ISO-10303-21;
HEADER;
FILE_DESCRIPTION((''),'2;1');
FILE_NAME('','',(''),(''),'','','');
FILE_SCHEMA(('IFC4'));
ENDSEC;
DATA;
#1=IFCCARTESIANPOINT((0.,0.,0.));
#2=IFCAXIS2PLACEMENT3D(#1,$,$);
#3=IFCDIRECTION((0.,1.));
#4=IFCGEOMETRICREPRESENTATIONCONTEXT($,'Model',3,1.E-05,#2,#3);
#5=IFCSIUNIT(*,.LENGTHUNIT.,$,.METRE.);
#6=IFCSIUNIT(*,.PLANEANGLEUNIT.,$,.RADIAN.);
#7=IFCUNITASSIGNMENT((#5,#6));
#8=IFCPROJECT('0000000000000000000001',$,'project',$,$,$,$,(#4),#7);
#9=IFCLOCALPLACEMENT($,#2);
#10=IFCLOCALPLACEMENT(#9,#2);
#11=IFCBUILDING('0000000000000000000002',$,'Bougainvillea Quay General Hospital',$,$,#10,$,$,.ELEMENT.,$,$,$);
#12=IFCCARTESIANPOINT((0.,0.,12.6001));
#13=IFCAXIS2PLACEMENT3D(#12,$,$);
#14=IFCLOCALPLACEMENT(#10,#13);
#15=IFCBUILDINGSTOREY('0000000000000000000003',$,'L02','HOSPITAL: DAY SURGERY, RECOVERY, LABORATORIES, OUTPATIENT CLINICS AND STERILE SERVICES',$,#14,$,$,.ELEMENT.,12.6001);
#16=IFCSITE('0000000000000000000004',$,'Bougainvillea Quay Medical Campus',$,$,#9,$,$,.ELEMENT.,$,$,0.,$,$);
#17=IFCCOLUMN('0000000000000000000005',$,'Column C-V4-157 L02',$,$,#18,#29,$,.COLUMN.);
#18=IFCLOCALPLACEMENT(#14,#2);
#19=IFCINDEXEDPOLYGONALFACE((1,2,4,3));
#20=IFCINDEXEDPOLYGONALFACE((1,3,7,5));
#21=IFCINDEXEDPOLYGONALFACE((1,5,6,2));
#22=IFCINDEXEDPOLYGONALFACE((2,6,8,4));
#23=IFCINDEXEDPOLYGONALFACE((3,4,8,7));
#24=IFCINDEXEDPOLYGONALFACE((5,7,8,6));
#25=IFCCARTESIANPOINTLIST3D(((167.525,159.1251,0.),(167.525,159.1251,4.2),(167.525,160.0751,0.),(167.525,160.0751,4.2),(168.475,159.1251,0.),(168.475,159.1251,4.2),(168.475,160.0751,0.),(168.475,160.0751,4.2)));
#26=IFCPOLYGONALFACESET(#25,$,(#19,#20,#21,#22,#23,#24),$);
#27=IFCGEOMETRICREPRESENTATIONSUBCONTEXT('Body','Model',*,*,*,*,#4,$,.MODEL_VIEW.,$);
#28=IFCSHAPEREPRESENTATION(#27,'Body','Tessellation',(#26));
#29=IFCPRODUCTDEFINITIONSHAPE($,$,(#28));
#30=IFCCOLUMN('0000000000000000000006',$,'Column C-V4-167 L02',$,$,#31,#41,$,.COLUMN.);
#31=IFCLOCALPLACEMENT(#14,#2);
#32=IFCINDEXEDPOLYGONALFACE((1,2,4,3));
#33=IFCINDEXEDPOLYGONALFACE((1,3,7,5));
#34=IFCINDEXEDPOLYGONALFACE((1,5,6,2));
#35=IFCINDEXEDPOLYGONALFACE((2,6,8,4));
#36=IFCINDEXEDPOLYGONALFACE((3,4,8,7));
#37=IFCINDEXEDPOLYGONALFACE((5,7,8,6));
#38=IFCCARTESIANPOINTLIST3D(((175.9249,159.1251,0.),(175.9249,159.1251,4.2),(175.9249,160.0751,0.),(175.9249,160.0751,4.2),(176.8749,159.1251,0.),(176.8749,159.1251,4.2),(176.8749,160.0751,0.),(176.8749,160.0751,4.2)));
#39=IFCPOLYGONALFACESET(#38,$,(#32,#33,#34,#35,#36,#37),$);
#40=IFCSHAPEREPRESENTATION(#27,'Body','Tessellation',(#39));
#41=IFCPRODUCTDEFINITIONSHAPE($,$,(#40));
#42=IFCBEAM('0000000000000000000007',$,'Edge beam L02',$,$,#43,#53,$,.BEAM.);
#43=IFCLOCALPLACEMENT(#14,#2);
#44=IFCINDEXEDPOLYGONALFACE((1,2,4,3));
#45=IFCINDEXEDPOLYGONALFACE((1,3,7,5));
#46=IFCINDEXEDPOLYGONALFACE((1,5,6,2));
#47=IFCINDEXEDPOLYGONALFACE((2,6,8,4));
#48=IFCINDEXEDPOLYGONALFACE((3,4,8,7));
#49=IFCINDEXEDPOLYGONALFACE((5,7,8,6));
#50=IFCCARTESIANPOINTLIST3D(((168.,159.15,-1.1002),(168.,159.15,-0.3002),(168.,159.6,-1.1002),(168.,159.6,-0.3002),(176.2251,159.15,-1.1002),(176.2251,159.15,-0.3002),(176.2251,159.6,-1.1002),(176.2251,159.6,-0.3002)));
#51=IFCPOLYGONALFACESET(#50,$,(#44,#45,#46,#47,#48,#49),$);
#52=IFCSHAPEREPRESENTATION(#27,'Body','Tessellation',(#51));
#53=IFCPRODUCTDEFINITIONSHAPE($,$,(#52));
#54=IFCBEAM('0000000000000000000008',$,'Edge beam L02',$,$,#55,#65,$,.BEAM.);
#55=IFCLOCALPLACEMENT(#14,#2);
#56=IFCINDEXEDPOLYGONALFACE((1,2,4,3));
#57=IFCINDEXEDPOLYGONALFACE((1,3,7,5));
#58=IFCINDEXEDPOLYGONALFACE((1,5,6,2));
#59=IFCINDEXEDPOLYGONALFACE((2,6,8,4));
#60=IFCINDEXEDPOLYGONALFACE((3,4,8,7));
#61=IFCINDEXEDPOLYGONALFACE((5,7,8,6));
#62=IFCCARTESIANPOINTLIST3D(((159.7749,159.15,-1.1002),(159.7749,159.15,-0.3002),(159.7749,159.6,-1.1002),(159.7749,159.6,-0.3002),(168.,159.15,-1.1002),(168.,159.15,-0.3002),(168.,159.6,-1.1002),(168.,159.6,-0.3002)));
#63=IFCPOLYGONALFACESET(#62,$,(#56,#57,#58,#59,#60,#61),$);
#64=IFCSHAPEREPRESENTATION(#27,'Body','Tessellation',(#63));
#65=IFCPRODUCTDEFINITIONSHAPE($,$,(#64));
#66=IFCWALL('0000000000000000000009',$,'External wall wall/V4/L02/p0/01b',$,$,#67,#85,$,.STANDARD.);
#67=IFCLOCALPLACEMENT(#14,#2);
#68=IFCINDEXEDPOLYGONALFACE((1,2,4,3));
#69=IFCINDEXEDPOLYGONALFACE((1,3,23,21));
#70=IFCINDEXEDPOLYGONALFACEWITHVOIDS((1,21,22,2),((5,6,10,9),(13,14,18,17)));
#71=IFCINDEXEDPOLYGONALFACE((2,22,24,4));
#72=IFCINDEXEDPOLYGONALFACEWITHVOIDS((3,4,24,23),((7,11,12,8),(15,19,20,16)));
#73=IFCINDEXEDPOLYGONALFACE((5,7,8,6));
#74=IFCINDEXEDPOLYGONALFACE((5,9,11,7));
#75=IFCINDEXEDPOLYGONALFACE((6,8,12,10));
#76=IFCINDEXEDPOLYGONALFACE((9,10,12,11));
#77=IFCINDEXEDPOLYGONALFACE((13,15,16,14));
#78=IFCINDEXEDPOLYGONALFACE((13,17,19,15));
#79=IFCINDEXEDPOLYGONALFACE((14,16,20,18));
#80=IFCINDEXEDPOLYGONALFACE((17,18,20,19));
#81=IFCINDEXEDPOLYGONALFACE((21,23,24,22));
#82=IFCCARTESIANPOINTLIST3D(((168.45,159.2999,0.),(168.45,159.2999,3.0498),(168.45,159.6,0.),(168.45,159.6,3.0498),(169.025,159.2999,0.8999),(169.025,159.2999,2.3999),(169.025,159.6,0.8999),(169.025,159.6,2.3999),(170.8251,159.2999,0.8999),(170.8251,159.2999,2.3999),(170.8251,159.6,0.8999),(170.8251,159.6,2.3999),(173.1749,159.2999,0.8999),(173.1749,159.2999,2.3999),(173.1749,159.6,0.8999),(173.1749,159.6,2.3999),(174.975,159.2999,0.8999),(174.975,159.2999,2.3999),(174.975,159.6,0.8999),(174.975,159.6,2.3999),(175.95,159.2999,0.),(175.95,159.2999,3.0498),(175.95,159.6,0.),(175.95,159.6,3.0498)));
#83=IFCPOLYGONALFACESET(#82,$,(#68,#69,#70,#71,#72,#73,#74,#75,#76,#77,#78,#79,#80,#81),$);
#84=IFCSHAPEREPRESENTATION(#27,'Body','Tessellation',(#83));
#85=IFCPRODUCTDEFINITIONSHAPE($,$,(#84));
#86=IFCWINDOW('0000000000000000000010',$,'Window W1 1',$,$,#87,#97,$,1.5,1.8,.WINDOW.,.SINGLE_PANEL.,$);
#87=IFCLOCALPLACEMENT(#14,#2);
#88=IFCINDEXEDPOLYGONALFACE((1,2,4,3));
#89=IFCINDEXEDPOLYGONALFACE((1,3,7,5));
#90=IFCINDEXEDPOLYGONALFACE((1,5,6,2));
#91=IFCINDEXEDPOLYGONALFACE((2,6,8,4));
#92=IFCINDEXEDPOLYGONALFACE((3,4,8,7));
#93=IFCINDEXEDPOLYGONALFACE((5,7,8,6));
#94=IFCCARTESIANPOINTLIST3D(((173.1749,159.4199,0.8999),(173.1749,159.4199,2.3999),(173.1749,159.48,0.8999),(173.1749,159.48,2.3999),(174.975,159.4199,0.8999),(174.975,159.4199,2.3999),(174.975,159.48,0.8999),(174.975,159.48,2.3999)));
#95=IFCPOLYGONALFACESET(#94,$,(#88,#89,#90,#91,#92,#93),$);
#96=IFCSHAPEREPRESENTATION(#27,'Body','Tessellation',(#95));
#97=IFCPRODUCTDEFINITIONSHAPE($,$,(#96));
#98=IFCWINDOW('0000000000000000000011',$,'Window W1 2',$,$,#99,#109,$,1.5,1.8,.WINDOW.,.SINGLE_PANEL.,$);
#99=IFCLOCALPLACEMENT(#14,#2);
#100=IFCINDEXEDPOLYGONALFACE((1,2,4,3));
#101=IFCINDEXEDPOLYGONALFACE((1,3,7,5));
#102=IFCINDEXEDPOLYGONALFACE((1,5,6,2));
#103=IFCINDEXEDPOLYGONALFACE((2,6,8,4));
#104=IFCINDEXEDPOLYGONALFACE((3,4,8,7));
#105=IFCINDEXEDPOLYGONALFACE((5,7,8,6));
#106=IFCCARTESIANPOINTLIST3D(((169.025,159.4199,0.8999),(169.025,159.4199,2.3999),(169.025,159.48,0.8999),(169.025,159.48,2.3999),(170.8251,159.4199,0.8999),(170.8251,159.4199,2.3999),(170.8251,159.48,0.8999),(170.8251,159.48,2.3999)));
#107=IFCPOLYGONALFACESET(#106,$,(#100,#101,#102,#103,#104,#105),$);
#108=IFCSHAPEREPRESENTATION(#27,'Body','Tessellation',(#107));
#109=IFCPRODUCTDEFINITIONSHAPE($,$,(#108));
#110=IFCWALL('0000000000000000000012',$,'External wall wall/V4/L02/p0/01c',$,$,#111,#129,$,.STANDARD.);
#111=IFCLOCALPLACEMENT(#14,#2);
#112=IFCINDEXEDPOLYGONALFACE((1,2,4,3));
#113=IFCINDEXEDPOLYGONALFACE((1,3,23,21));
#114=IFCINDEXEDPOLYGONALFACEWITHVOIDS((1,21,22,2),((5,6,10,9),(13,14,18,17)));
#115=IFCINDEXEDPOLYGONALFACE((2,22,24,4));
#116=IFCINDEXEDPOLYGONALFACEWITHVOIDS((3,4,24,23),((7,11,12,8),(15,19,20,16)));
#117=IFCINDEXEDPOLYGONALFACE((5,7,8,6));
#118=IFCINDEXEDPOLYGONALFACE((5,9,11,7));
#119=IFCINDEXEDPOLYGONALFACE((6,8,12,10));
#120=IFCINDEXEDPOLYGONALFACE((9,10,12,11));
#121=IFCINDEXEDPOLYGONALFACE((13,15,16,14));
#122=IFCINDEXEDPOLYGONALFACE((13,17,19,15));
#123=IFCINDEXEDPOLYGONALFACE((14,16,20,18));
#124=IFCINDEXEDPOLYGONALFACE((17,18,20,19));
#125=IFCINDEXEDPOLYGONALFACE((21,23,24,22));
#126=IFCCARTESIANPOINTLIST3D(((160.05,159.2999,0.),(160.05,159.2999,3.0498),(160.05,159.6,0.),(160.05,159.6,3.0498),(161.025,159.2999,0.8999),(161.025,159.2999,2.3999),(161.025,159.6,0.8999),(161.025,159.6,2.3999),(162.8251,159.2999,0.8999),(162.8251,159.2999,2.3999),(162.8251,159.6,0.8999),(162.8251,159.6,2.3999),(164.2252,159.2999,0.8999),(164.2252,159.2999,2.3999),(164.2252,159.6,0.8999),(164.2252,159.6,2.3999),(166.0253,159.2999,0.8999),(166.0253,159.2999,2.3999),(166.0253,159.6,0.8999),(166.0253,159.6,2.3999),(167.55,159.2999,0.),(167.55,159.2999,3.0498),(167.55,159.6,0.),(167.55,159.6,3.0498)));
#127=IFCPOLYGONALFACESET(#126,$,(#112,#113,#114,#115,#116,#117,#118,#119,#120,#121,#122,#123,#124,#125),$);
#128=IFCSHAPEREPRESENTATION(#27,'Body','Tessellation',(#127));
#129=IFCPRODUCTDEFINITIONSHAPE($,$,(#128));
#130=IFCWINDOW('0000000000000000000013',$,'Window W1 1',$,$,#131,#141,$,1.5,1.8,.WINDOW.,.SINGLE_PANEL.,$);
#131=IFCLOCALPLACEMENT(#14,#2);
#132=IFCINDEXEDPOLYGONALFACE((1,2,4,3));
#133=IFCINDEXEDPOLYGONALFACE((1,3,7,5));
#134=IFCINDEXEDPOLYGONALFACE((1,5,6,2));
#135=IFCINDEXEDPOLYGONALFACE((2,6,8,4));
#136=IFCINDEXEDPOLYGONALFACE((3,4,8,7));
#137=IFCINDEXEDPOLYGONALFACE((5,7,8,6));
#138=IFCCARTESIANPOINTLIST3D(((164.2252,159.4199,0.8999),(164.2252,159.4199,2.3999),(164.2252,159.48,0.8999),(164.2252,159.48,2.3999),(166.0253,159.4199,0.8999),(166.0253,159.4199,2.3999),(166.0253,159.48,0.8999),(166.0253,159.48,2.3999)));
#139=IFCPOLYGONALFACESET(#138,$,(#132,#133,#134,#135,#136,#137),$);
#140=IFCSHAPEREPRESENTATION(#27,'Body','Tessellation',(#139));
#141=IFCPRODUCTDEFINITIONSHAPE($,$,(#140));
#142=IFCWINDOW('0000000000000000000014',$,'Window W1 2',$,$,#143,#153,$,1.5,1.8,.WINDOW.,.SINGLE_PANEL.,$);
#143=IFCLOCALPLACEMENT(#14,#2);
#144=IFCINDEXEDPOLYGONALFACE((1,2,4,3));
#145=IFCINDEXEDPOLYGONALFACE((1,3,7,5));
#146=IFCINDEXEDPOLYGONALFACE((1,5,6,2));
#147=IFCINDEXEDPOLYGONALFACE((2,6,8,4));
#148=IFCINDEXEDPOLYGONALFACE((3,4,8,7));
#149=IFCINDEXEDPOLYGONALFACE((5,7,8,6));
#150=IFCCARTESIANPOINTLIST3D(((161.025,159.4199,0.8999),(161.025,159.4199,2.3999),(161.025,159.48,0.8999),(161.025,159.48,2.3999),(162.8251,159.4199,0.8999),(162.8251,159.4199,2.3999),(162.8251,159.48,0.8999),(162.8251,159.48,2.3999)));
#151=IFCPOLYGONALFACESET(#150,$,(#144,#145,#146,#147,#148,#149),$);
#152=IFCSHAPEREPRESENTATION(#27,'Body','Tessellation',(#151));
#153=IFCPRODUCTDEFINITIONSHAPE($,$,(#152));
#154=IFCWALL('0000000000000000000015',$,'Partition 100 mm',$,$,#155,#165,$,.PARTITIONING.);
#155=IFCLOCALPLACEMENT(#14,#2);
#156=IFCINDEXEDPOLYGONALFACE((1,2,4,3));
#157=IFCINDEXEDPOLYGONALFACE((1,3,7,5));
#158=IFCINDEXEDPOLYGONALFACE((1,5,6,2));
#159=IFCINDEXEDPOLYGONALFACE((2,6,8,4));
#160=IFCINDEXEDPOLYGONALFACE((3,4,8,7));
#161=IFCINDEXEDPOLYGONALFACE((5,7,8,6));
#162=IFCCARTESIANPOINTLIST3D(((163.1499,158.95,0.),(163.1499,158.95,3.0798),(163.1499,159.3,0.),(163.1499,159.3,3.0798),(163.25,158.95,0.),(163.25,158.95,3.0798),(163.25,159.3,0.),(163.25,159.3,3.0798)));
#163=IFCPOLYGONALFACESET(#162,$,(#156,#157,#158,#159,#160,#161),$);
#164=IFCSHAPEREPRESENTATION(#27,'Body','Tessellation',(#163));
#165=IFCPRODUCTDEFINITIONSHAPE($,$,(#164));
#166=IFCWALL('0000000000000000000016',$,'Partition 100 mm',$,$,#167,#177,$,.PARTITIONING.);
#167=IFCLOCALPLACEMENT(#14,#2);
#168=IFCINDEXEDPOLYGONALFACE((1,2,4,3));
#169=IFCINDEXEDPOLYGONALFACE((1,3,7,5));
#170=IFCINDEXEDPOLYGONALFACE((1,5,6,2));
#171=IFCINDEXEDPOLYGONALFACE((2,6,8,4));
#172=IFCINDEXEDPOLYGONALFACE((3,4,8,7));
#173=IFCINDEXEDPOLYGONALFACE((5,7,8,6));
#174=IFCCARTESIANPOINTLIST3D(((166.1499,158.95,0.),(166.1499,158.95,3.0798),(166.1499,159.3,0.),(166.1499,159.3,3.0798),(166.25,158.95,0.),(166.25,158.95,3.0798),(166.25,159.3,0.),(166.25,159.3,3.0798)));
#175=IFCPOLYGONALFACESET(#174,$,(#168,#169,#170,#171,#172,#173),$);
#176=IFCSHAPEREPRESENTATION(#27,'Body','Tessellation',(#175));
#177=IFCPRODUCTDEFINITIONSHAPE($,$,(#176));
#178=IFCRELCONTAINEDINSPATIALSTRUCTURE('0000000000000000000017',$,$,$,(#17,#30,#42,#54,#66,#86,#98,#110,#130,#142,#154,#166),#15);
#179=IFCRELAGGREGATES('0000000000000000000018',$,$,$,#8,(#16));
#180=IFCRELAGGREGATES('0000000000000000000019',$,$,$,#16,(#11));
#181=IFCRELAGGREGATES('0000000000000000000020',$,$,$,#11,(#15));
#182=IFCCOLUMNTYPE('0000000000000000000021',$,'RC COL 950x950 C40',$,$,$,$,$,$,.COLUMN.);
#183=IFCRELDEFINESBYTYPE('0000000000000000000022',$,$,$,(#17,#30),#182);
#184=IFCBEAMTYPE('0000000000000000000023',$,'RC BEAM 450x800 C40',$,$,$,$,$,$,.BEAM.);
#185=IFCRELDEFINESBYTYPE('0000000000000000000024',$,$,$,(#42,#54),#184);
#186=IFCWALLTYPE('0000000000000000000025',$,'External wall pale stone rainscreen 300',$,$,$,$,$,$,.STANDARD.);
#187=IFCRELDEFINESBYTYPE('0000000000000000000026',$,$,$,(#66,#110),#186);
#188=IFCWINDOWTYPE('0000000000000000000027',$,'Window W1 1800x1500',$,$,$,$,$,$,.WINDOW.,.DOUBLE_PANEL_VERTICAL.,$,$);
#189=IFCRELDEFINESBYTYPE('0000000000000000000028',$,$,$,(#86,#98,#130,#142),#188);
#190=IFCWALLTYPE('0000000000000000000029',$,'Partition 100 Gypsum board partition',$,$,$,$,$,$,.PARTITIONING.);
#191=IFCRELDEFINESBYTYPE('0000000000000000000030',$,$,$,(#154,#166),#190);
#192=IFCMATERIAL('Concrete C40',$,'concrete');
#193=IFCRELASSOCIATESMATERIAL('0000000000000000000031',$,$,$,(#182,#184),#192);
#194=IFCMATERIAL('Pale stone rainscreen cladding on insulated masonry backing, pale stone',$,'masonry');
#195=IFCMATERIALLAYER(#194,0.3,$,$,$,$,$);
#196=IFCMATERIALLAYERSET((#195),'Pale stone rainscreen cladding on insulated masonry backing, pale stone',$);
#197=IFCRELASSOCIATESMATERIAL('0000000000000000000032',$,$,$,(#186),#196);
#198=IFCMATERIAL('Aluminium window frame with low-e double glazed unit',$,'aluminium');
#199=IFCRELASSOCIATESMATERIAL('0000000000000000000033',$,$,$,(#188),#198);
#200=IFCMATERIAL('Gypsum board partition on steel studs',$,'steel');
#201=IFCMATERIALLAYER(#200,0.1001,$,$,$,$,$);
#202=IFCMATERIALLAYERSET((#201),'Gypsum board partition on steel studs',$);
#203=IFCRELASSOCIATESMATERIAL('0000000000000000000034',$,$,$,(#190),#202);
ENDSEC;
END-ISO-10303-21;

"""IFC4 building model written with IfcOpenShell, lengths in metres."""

from ifc_helpers import new_model, si_unit, direction, frame, frame_2d, origin, origin_2d, place, context, subcontext, project, spatial, rectangle, extrude, material, layer, layer_set, material_profile, profile_set, type_object, element, fill, save


model = new_model("IFC4")

# Units and contexts
model_context = context("Model", 3, precision=1e-05, world=origin(), true_north=direction((0.0, 1.0)))
body_context = subcontext(model_context, "Body", "Model", "MODEL_VIEW")
ifc_project = project(units=[si_unit("LENGTHUNIT", "METRE"), si_unit("PLANEANGLEUNIT", "RADIAN")], contexts=[model_context])

# Site, building, storey
site_placement = place(None, origin())
site = spatial("IfcSite", under=ifc_project, at=site_placement, Name="Bougainvillea Quay Medical Campus", CompositionType="ELEMENT", RefElevation=0.0)
building_placement = place(site_placement, origin())
building = spatial("IfcBuilding", under=site, at=building_placement, Name="Bougainvillea Quay General Hospital", CompositionType="ELEMENT")
storey_placement = place(building_placement, frame((0.0, 0.0, 12.6001)))
storey = spatial("IfcBuildingStorey", under=building, at=storey_placement, Name="L02", Description="HOSPITAL: DAY SURGERY, RECOVERY, LABORATORIES, OUTPATIENT CLINICS AND STERILE SERVICES", CompositionType="ELEMENT", Elevation=12.6001)

# Columns
ifc_material_1 = material(Name="Concrete C40", Category="concrete")
ifc_material_profile_1 = material_profile(ifc_material_1, rectangle(XDim=0.95, YDim=0.95, at=origin_2d()))
ifc_profile_set_1 = profile_set([ifc_material_profile_1], Name="Concrete C40")
column_type = type_object("IfcColumnType", Name="RC COL 950x950 C40", PredefinedType="COLUMN", material=ifc_profile_set_1)
for number, where, z_axis, x_axis, name in (
    (1, (168.0, 159.6001, 0.0), (0.0, 0.0, 1.0), (1.0, 0.0, 0.0), "Column C-V4-157 L02"),
    (2, (176.3999, 159.6001, 0.0), (0.0, 0.0, 1.0), (1.0, 0.0, 0.0), "Column C-V4-167 L02"),
):
    element("IfcColumn", number, at=place(storey_placement, frame(where, z_axis=z_axis, x_axis=x_axis)), inside=storey, type_object=column_type, Name=name, PredefinedType="COLUMN", context=body_context, shape_type="SweptSolid", body=[
        extrude(rectangle(XDim=0.95, YDim=0.95, at=origin_2d()), origin(), (0.0, 0.0, 1.0), 4.2),
    ])

# Beams
ifc_material_profile_2 = material_profile(ifc_material_1, rectangle(XDim=0.45, YDim=0.8, at=origin_2d()))
ifc_profile_set_2 = profile_set([ifc_material_profile_2], Name="Concrete C40")
beam_type = type_object("IfcBeamType", Name="RC BEAM 450x800 C40", PredefinedType="BEAM", material=ifc_profile_set_2)
for number, where, z_axis, x_axis, name in (
    (3, (176.2251, 159.375, -0.7002), (-1.0, 0.0, 0.0), (0.0, -1.0, 0.0), "Edge beam L02"),
    (4, (168.0, 159.375, -0.7002), (-1.0, 0.0, 0.0), (0.0, -1.0, 0.0), "Edge beam L02"),
):
    element("IfcBeam", number, at=place(storey_placement, frame(where, z_axis=z_axis, x_axis=x_axis)), inside=storey, type_object=beam_type, Name=name, PredefinedType="BEAM", context=body_context, shape_type="SweptSolid", body=[
        extrude(rectangle(XDim=0.45, YDim=0.8, at=origin_2d()), origin(), (0.0, 0.0, 1.0), 8.2251),
    ])

# Walls, openings, windows
ifc_material_2 = material(Name="Pale stone rainscreen cladding on insulated masonry backing, pale stone", Category="masonry")
ifc_layer_1 = layer(ifc_material_2, 0.3)
ifc_layer_set_1 = layer_set([ifc_layer_1], Name="Pale stone rainscreen cladding on insulated masonry backing, pale stone")
wall_type_1 = type_object("IfcWallType", Name="External wall pale stone rainscreen 300", PredefinedType="STANDARD", material=ifc_layer_set_1)
wall_1_placement = place(storey_placement, frame((175.95, 159.45, 0.0), z_axis=(0.0, 0.0, 1.0), x_axis=(-1.0, 0.0, 0.0)))
wall_1 = element("IfcWall", 5, at=wall_1_placement, inside=storey, type_object=wall_type_1, Name="External wall wall/V4/L02/p0/01b", PredefinedType="STANDARD", context=body_context, shape_type="SweptSolid", body=[
    extrude(rectangle(XDim=7.5, YDim=0.3, at=frame_2d((3.75, 0.0))), origin(), (0.0, 0.0, 1.0), 3.0498),
])
opening_1_placement = place(wall_1_placement, frame((0.9751, 0.0, 0.8999)))
opening_1 = element("IfcOpeningElement", 6, at=opening_1_placement, cuts=wall_1, PredefinedType="OPENING", context=body_context, shape_type="SweptSolid", body=[
    extrude(rectangle(XDim=1.8, YDim=1.5, at=frame_2d((0.8999, 0.75))), frame((0.0, 0.1599, 0.0), z_axis=(0.0, -1.0, 0.0), x_axis=(1.0, 0.0, 0.0)), (0.0, 0.0, 1.0), 0.3201),
])
opening_2_placement = place(wall_1_placement, frame((5.125, 0.0, 0.8999)))
opening_2 = element("IfcOpeningElement", 7, at=opening_2_placement, cuts=wall_1, PredefinedType="OPENING", context=body_context, shape_type="SweptSolid", body=[
    extrude(rectangle(XDim=1.8, YDim=1.5, at=frame_2d((0.8999, 0.75))), frame((0.0, 0.1599, 0.0), z_axis=(0.0, -1.0, 0.0), x_axis=(1.0, 0.0, 0.0)), (0.0, 0.0, 1.0), 0.3201),
])
ifc_material_3 = material(Name="Aluminium window frame with low-e double glazed unit", Category="aluminium")
window_type = type_object("IfcWindowType", Name="Window W1 1800x1500", PartitioningType="DOUBLE_PANEL_VERTICAL", PredefinedType="WINDOW", material=ifc_material_3)
window_1_placement = place(opening_1_placement, origin())
window_1 = element("IfcWindow", 8, at=window_1_placement, inside=storey, type_object=window_type, Name="Window W1 1", OverallHeight=1.5, OverallWidth=1.8, PartitioningType="SINGLE_PANEL", PredefinedType="WINDOW", context=body_context, shape_type="SweptSolid", body=[
    extrude(rectangle(XDim=1.8, YDim=1.5, at=frame_2d((0.8999, 0.75))), frame((0.0, 0.03, 0.0), z_axis=(0.0, -1.0, 0.0), x_axis=(1.0, 0.0, 0.0)), (0.0, 0.0, 1.0), 0.0601),
])
fill(opening_1, window_1)
window_2_placement = place(opening_2_placement, origin())
window_2 = element("IfcWindow", 9, at=window_2_placement, inside=storey, type_object=window_type, Name="Window W1 2", OverallHeight=1.5, OverallWidth=1.8, PartitioningType="SINGLE_PANEL", PredefinedType="WINDOW", context=body_context, shape_type="SweptSolid", body=[
    extrude(rectangle(XDim=1.8, YDim=1.5, at=frame_2d((0.8999, 0.75))), frame((0.0, 0.03, 0.0), z_axis=(0.0, -1.0, 0.0), x_axis=(1.0, 0.0, 0.0)), (0.0, 0.0, 1.0), 0.0601),
])
fill(opening_2, window_2)
wall_2_placement = place(storey_placement, frame((167.55, 159.45, 0.0), z_axis=(0.0, 0.0, 1.0), x_axis=(-1.0, 0.0, 0.0)))
wall_2 = element("IfcWall", 10, at=wall_2_placement, inside=storey, type_object=wall_type_1, Name="External wall wall/V4/L02/p0/01c", PredefinedType="STANDARD", context=body_context, shape_type="SweptSolid", body=[
    extrude(rectangle(XDim=7.5, YDim=0.3, at=frame_2d((3.75, 0.0))), origin(), (0.0, 0.0, 1.0), 3.0498),
])
opening_3_placement = place(wall_2_placement, frame((1.5249, 0.0, 0.8999)))
opening_3 = element("IfcOpeningElement", 11, at=opening_3_placement, cuts=wall_2, PredefinedType="OPENING", context=body_context, shape_type="SweptSolid", body=[
    extrude(rectangle(XDim=1.8, YDim=1.5, at=frame_2d((0.8999, 0.75))), frame((0.0, 0.1599, 0.0), z_axis=(0.0, -1.0, 0.0), x_axis=(1.0, 0.0, 0.0)), (0.0, 0.0, 1.0), 0.3201),
])
opening_4_placement = place(wall_2_placement, frame((4.7251, 0.0, 0.8999)))
opening_4 = element("IfcOpeningElement", 12, at=opening_4_placement, cuts=wall_2, PredefinedType="OPENING", context=body_context, shape_type="SweptSolid", body=[
    extrude(rectangle(XDim=1.8, YDim=1.5, at=frame_2d((0.8999, 0.75))), frame((0.0, 0.1599, 0.0), z_axis=(0.0, -1.0, 0.0), x_axis=(1.0, 0.0, 0.0)), (0.0, 0.0, 1.0), 0.3201),
])
window_3_placement = place(opening_3_placement, origin())
window_3 = element("IfcWindow", 13, at=window_3_placement, inside=storey, type_object=window_type, Name="Window W1 1", OverallHeight=1.5, OverallWidth=1.8, PartitioningType="SINGLE_PANEL", PredefinedType="WINDOW", context=body_context, shape_type="SweptSolid", body=[
    extrude(rectangle(XDim=1.8, YDim=1.5, at=frame_2d((0.8999, 0.75))), frame((0.0, 0.03, 0.0), z_axis=(0.0, -1.0, 0.0), x_axis=(1.0, 0.0, 0.0)), (0.0, 0.0, 1.0), 0.0601),
])
fill(opening_3, window_3)
window_4_placement = place(opening_4_placement, origin())
window_4 = element("IfcWindow", 14, at=window_4_placement, inside=storey, type_object=window_type, Name="Window W1 2", OverallHeight=1.5, OverallWidth=1.8, PartitioningType="SINGLE_PANEL", PredefinedType="WINDOW", context=body_context, shape_type="SweptSolid", body=[
    extrude(rectangle(XDim=1.8, YDim=1.5, at=frame_2d((0.8999, 0.75))), frame((0.0, 0.03, 0.0), z_axis=(0.0, -1.0, 0.0), x_axis=(1.0, 0.0, 0.0)), (0.0, 0.0, 1.0), 0.0601),
])
fill(opening_4, window_4)

# Walls
ifc_material_4 = material(Name="Gypsum board partition on steel studs", Category="steel")
ifc_layer_2 = layer(ifc_material_4, 0.1001)
ifc_layer_set_2 = layer_set([ifc_layer_2], Name="Gypsum board partition on steel studs")
wall_type_2 = type_object("IfcWallType", Name="Partition 100 Gypsum board partition", PredefinedType="PARTITIONING", material=ifc_layer_set_2)
for number, where, z_axis, x_axis, name in (
    (15, (163.2, 158.95, 0.0), (0.0, 0.0, 1.0), (0.0, 1.0, 0.0), "Partition 100 mm"),
    (16, (166.2, 158.95, 0.0), (0.0, 0.0, 1.0), (0.0, 1.0, 0.0), "Partition 100 mm"),
):
    element("IfcWall", number, at=place(storey_placement, frame(where, z_axis=z_axis, x_axis=x_axis)), inside=storey, type_object=wall_type_2, Name=name, PredefinedType="PARTITIONING", context=body_context, shape_type="SweptSolid", body=[
        extrude(rectangle(XDim=0.3501, YDim=0.1001, at=frame_2d((0.175, 0.0))), origin(), (0.0, 0.0, 1.0), 3.0798),
    ])

save(model, "model.ifc")
